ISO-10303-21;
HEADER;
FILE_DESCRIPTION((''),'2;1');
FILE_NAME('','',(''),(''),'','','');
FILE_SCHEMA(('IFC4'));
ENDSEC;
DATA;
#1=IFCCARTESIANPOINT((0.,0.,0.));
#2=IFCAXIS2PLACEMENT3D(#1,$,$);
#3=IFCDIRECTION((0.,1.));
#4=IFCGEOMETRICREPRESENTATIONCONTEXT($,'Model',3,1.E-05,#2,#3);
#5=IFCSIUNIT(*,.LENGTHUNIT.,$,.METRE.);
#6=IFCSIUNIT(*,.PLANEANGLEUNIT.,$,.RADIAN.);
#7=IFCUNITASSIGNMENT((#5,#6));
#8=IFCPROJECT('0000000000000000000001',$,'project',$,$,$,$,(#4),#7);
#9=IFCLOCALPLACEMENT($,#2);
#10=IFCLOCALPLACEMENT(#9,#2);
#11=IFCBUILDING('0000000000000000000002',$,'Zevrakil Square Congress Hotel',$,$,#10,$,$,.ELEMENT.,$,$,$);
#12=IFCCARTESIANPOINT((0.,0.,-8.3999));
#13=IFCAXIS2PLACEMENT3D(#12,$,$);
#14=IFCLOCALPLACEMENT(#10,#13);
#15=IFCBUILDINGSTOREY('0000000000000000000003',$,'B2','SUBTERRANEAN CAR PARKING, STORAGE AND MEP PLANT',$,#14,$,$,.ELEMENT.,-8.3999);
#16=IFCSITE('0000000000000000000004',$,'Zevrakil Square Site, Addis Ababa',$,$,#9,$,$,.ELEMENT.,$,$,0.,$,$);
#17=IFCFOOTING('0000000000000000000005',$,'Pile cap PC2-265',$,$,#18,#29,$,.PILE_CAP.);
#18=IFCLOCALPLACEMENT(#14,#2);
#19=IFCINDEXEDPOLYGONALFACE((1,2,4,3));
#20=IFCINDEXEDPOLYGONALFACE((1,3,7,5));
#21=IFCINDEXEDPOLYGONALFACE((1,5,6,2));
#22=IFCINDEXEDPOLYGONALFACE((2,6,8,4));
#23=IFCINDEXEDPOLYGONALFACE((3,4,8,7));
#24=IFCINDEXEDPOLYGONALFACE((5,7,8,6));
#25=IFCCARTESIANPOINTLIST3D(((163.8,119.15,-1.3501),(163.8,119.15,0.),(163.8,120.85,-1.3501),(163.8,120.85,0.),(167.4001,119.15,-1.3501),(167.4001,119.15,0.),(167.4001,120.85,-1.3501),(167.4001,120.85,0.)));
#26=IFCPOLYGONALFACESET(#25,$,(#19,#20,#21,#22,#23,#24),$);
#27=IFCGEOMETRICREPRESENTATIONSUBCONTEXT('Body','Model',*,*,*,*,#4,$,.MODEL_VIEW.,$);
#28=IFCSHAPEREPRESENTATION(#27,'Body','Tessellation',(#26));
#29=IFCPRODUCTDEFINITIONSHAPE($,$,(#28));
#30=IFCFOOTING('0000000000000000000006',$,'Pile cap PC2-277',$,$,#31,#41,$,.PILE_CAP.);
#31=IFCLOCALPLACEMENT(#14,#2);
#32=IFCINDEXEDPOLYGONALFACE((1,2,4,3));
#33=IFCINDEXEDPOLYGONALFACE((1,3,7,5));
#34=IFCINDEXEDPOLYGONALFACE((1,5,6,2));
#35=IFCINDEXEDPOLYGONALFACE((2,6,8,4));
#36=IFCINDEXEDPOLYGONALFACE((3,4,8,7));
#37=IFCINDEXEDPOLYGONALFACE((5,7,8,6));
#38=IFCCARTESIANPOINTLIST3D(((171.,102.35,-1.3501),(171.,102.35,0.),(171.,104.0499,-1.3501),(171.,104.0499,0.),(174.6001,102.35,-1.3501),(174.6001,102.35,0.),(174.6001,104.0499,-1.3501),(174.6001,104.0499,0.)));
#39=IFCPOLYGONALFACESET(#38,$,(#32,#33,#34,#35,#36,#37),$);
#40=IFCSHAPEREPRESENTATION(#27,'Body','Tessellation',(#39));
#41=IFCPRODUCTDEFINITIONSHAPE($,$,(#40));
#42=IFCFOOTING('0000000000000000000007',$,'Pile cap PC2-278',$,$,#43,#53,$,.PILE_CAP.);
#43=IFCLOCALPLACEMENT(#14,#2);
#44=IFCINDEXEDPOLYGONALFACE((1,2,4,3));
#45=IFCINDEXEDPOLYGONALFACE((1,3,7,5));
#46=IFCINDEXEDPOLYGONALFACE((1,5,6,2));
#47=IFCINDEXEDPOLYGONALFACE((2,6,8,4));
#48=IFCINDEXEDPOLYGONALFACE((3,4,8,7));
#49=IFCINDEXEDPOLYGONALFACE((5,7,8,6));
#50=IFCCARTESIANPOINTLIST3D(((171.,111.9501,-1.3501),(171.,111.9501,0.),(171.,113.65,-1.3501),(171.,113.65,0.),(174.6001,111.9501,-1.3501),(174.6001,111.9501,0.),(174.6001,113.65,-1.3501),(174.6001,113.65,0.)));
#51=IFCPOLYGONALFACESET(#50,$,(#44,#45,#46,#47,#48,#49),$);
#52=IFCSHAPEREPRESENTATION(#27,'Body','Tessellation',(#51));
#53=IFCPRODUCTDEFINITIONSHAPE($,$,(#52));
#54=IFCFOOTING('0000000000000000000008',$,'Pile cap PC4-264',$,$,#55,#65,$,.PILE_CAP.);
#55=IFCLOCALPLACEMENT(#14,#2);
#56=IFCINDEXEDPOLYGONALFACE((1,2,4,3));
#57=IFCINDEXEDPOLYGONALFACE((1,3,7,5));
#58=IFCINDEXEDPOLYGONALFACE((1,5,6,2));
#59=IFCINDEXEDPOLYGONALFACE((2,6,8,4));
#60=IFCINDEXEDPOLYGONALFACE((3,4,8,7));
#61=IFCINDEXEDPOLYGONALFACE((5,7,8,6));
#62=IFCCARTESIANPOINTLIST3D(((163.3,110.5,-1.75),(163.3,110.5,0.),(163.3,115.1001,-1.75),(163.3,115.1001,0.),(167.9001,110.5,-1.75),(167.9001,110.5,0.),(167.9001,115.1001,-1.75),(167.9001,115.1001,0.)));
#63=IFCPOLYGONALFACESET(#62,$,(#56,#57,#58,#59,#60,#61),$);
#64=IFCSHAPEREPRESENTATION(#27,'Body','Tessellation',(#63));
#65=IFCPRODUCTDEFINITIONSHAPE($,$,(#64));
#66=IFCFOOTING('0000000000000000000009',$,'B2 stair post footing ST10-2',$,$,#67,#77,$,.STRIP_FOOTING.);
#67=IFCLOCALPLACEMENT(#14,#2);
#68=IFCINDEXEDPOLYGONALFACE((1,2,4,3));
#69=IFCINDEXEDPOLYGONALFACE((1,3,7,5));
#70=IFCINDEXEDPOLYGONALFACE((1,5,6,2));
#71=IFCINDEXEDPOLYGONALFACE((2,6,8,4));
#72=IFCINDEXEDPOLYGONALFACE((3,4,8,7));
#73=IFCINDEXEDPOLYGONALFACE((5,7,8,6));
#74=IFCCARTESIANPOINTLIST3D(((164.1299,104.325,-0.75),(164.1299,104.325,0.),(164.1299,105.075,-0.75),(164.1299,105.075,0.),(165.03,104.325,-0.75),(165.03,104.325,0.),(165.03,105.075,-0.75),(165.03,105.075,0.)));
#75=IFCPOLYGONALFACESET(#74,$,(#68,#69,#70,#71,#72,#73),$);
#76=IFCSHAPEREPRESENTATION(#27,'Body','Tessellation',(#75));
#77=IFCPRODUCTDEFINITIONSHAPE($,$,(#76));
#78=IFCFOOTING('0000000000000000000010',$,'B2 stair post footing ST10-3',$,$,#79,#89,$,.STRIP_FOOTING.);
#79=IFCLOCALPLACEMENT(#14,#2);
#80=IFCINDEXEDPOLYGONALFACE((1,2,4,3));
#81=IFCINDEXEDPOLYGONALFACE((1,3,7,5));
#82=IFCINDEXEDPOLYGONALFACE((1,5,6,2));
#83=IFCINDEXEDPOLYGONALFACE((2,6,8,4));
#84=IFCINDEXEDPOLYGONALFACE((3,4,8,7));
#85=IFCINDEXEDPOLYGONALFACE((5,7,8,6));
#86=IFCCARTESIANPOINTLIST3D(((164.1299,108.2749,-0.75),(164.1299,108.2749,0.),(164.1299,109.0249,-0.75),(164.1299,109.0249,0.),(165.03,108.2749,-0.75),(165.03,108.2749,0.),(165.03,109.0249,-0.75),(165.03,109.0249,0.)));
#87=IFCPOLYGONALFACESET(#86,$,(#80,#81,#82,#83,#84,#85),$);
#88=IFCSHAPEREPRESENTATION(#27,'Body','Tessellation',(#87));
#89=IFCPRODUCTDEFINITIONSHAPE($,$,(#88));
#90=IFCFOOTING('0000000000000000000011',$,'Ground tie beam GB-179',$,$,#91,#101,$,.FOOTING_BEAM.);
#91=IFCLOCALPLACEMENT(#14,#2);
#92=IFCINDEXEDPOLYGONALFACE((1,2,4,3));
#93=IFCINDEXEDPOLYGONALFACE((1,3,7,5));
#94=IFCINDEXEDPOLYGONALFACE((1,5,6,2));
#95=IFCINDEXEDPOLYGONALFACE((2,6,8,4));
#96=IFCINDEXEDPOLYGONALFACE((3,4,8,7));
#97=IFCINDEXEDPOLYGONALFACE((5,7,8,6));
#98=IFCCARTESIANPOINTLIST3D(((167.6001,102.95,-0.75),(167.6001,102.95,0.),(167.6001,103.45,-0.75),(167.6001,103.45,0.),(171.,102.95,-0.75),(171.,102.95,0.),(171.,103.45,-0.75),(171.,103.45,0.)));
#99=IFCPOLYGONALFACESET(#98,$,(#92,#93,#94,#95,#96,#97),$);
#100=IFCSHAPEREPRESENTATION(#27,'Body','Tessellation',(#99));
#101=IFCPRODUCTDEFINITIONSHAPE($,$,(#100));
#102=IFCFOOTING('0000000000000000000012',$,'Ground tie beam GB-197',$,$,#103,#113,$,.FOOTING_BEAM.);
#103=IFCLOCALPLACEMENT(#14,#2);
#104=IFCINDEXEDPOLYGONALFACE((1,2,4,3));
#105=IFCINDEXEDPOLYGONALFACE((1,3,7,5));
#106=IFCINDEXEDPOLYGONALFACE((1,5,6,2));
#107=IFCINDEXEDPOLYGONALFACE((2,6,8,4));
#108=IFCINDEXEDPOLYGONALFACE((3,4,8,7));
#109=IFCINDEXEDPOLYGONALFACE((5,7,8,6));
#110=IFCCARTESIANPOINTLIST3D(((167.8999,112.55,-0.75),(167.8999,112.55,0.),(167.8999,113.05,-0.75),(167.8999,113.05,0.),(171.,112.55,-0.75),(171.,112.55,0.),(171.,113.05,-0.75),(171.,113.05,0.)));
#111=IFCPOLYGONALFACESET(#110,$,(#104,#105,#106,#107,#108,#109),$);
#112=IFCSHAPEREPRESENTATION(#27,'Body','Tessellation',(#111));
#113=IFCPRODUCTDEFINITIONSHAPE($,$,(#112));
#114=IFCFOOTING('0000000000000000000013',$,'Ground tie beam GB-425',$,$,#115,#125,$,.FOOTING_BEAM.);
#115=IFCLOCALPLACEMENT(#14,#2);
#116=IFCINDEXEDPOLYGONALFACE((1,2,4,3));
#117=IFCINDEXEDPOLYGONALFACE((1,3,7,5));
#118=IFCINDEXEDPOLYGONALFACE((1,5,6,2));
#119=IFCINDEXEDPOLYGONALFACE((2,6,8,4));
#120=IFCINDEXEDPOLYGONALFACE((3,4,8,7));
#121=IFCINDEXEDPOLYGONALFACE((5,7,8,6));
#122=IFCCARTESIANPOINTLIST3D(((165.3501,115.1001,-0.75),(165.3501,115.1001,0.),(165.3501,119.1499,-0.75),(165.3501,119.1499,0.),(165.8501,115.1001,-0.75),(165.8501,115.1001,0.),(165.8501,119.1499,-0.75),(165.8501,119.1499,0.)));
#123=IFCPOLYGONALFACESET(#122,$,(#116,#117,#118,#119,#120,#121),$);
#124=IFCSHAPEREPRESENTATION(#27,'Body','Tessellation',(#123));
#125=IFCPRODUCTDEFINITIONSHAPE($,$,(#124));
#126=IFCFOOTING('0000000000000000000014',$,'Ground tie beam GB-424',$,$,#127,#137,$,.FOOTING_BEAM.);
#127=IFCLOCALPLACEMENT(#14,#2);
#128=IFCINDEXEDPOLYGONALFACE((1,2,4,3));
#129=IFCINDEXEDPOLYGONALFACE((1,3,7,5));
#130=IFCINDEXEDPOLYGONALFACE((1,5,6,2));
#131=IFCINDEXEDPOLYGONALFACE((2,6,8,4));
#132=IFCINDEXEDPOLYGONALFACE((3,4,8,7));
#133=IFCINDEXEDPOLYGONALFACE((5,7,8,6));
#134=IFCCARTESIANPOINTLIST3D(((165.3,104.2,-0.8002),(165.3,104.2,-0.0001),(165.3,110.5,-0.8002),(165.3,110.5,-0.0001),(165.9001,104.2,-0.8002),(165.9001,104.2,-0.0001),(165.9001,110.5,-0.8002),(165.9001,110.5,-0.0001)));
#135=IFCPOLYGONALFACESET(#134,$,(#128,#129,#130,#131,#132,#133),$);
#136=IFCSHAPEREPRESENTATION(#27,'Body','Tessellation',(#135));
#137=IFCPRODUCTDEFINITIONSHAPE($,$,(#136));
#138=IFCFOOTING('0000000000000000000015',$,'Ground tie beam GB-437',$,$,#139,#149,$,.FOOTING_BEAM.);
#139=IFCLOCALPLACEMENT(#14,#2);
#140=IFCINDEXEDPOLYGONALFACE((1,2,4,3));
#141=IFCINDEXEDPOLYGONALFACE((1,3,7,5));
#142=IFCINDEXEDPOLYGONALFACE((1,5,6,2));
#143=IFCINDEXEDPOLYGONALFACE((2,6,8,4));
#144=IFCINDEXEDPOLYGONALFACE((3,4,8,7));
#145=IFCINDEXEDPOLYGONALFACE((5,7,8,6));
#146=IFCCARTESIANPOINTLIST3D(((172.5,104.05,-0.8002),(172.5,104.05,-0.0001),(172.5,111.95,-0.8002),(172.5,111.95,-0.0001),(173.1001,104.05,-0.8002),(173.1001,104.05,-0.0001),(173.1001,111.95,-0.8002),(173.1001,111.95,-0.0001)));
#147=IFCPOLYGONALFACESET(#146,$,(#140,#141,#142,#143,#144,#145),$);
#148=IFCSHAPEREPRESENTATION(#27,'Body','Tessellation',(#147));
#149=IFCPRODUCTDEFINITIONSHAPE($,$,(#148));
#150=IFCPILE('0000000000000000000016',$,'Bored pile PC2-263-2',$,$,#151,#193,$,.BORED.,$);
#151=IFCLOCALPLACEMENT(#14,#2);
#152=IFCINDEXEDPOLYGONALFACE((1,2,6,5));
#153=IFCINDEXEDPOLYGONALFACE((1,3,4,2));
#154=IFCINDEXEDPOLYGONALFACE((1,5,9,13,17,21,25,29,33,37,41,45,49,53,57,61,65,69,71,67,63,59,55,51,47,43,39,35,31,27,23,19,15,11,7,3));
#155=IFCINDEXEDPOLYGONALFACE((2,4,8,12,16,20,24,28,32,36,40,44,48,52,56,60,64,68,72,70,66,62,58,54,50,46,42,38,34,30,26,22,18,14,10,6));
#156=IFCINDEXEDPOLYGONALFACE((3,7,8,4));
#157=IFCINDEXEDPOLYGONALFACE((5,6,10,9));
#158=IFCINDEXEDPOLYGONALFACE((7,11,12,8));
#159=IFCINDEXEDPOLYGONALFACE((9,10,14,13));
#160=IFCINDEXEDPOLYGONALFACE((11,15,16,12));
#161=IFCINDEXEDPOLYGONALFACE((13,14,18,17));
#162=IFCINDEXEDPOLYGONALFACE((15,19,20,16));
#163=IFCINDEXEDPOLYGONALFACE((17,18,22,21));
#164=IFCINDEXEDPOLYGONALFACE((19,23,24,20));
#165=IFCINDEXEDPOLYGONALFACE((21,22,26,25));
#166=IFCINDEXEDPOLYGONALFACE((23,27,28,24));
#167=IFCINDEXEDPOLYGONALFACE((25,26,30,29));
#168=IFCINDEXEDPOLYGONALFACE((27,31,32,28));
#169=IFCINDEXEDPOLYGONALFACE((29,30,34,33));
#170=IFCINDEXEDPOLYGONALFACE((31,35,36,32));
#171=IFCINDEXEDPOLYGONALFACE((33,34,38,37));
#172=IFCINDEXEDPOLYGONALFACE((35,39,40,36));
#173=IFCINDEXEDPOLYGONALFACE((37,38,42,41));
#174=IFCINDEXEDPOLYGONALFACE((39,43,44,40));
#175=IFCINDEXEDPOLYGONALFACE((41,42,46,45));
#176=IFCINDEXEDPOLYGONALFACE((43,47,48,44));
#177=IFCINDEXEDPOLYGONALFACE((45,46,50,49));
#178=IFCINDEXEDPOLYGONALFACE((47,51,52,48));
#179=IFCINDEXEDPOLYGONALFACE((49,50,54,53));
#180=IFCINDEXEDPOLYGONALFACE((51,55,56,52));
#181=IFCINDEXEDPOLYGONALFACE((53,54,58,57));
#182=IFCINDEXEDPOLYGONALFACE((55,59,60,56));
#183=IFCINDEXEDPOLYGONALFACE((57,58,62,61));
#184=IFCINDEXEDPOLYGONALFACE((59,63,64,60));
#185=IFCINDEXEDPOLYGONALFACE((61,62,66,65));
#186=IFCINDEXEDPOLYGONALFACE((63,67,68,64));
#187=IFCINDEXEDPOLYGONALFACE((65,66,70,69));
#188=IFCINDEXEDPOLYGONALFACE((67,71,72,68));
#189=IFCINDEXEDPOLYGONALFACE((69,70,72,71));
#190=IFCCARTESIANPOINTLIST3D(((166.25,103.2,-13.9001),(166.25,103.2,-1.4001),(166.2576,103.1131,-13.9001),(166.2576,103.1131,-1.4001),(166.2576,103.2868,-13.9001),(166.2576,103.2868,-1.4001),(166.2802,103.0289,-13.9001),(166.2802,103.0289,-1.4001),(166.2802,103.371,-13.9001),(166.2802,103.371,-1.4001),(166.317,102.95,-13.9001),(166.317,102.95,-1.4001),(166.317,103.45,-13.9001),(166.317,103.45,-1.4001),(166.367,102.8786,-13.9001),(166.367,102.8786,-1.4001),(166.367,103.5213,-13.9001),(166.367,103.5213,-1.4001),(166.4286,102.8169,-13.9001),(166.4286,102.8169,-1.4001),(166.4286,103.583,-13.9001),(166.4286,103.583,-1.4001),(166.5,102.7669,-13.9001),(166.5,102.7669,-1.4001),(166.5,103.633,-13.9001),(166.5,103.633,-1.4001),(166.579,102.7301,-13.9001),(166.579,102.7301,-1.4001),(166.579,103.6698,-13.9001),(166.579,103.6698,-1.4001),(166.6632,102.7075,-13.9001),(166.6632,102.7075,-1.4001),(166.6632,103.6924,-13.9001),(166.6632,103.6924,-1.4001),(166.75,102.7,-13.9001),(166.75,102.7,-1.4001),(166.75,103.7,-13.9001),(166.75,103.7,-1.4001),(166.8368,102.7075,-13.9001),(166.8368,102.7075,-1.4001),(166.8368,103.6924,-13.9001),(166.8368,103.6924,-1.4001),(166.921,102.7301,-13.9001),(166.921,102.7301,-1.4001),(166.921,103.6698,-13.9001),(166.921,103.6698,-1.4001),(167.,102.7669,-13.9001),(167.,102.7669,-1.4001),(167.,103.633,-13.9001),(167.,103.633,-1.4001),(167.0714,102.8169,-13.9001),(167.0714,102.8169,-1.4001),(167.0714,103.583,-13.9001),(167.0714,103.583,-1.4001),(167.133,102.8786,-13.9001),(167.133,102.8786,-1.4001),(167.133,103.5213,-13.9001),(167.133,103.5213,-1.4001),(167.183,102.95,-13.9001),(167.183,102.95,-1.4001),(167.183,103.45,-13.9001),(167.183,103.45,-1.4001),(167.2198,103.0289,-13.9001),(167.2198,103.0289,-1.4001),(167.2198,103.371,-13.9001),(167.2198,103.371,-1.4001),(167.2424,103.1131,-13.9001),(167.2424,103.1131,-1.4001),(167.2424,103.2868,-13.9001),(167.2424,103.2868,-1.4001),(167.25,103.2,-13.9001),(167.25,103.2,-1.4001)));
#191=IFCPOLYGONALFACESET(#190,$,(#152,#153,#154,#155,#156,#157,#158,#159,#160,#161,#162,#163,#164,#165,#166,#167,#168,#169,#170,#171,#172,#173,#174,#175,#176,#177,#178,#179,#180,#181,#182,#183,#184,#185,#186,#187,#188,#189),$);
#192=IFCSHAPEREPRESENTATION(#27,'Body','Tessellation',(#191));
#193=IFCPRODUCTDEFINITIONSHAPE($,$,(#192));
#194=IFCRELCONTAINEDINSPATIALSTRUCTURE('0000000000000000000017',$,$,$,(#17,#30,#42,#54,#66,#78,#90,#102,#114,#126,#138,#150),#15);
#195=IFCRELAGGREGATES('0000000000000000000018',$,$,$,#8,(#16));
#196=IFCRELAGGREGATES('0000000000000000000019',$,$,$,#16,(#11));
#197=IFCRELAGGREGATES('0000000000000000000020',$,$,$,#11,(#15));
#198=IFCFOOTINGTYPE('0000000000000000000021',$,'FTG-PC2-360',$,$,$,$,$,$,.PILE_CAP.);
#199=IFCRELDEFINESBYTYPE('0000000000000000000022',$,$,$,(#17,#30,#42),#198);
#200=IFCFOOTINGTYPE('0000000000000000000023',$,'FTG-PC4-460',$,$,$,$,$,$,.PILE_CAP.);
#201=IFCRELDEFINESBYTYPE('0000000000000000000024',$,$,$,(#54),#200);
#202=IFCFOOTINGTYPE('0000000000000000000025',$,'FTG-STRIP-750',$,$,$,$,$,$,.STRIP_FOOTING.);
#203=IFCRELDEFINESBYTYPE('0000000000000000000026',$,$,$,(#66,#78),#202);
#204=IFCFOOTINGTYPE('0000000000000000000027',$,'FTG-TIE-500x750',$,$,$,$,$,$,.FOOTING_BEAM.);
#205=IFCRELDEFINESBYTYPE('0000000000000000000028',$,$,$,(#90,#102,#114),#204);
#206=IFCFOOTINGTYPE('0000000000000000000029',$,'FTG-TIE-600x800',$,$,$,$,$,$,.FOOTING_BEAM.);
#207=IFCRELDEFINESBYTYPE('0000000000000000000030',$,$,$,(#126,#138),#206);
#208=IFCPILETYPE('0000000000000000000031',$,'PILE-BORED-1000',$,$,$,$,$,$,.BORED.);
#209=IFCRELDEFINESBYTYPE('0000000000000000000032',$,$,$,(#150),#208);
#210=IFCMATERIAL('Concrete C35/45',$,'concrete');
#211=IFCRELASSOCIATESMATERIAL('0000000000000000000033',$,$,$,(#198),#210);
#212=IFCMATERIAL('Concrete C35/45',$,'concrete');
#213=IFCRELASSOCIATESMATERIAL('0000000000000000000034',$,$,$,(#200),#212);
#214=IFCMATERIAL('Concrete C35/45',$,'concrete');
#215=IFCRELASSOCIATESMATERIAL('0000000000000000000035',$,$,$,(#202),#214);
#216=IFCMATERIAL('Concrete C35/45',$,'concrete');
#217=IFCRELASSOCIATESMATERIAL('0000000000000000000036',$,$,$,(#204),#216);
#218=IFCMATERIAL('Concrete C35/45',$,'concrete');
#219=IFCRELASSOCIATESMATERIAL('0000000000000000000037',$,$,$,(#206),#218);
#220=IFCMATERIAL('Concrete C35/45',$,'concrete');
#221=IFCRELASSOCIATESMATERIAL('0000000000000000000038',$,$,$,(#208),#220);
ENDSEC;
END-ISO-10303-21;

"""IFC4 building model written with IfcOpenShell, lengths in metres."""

from ifc_helpers import new_model, si_unit, direction, frame, origin, origin_2d, place, context, subcontext, project, spatial, rectangle, circle, extrude, material, material_profile, profile_set, type_object, element, save


model = new_model("IFC4")

# Units and contexts
model_context = context("Model", 3, precision=1e-05, world=origin(), true_north=direction((0.0, 1.0)))
body_context = subcontext(model_context, "Body", "Model", "MODEL_VIEW")
ifc_project = project(units=[si_unit("LENGTHUNIT", "METRE"), si_unit("PLANEANGLEUNIT", "RADIAN")], contexts=[model_context])

# Site, building, storey
site_placement = place(None, origin())
site = spatial("IfcSite", under=ifc_project, at=site_placement, Name="Zevrakil Square Site, Addis Ababa", CompositionType="ELEMENT", RefElevation=0.0)
building_placement = place(site_placement, origin())
building = spatial("IfcBuilding", under=site, at=building_placement, Name="Zevrakil Square Congress Hotel", CompositionType="ELEMENT")
storey_placement = place(building_placement, frame((0.0, 0.0, -8.3999)))
storey = spatial("IfcBuildingStorey", under=building, at=storey_placement, Name="B2", Description="SUBTERRANEAN CAR PARKING, STORAGE AND MEP PLANT", CompositionType="ELEMENT", Elevation=-8.3999)

# Footings
ifc_material_1 = material(Name="Concrete C35/45", Category="concrete")
footing_type_1 = type_object("IfcFootingType", Name="FTG-PC2-360", PredefinedType="PILE_CAP", material=ifc_material_1)
for number, where, z_axis, x_axis, name in (
    (1, (165.6001, 120.0, -1.3501), (0.0, 0.0, 1.0), (1.0, 0.0, 0.0), "Pile cap PC2-265"),
    (2, (172.8, 103.2, -1.3501), (0.0, 0.0, 1.0), (1.0, 0.0, 0.0), "Pile cap PC2-277"),
    (3, (172.8, 112.8, -1.3501), (0.0, 0.0, 1.0), (1.0, 0.0, 0.0), "Pile cap PC2-278"),
):
    element("IfcFooting", number, at=place(storey_placement, frame(where, z_axis=z_axis, x_axis=x_axis)), inside=storey, type_object=footing_type_1, Name=name, PredefinedType="PILE_CAP", context=body_context, shape_type="SweptSolid", body=[
        extrude(rectangle(XDim=3.6001, YDim=1.7, at=origin_2d()), origin(), (0.0, 0.0, 1.0), 1.3501),
    ])
ifc_material_2 = material(Name="Concrete C35/45", Category="concrete")
footing_type_2 = type_object("IfcFootingType", Name="FTG-PC4-460", PredefinedType="PILE_CAP", material=ifc_material_2)
footing_1_placement = place(storey_placement, frame((165.6001, 112.8, -1.75), z_axis=(0.0, 0.0, 1.0), x_axis=(1.0, 0.0, 0.0)))
element("IfcFooting", 4, at=footing_1_placement, inside=storey, type_object=footing_type_2, Name="Pile cap PC4-264", PredefinedType="PILE_CAP", context=body_context, shape_type="SweptSolid", body=[
    extrude(rectangle(XDim=4.6001, YDim=4.6001, at=origin_2d()), origin(), (0.0, 0.0, 1.0), 1.75),
])
ifc_material_3 = material(Name="Concrete C35/45", Category="concrete")
ifc_material_profile_1 = material_profile(ifc_material_3, rectangle(XDim=0.75, YDim=0.75, at=origin_2d()), Name="RC 750x750")
ifc_profile_set_1 = profile_set([ifc_material_profile_1], Name="Concrete C35/45")
footing_type_3 = type_object("IfcFootingType", Name="FTG-STRIP-750", PredefinedType="STRIP_FOOTING", material=ifc_profile_set_1)
for number, where, z_axis, x_axis, name in (
    (5, (164.1299, 104.7, -0.375), (1.0, 0.0, 0.0), (0.0, 1.0, 0.0), "B2 stair post footing ST10-2"),
    (6, (164.1299, 108.6499, -0.375), (1.0, 0.0, 0.0), (0.0, 1.0, 0.0), "B2 stair post footing ST10-3"),
):
    element("IfcFooting", number, at=place(storey_placement, frame(where, z_axis=z_axis, x_axis=x_axis)), inside=storey, type_object=footing_type_3, Name=name, PredefinedType="STRIP_FOOTING", context=body_context, shape_type="SweptSolid", body=[
        extrude(rectangle(XDim=0.75, YDim=0.75, at=origin_2d()), origin(), (0.0, 0.0, 1.0), 0.9001),
    ])
ifc_material_4 = material(Name="Concrete C35/45", Category="concrete")
ifc_material_profile_2 = material_profile(ifc_material_4, rectangle(XDim=0.5, YDim=0.75, at=origin_2d()), Name="RC 500x750")
ifc_profile_set_2 = profile_set([ifc_material_profile_2], Name="Concrete C35/45")
footing_type_4 = type_object("IfcFootingType", Name="FTG-TIE-500x750", PredefinedType="FOOTING_BEAM", material=ifc_profile_set_2)
footing_2_placement = place(storey_placement, frame((167.6001, 103.2, -0.375), z_axis=(1.0, 0.0, 0.0), x_axis=(0.0, 1.0, 0.0)))
element("IfcFooting", 7, at=footing_2_placement, inside=storey, type_object=footing_type_4, Name="Ground tie beam GB-179", PredefinedType="FOOTING_BEAM", context=body_context, shape_type="SweptSolid", body=[
    extrude(rectangle(XDim=0.5, YDim=0.75, at=origin_2d()), origin(), (0.0, 0.0, 1.0), 3.3999),
])
footing_3_placement = place(storey_placement, frame((167.8999, 112.8, -0.375), z_axis=(1.0, 0.0, 0.0), x_axis=(0.0, 1.0, 0.0)))
element("IfcFooting", 8, at=footing_3_placement, inside=storey, type_object=footing_type_4, Name="Ground tie beam GB-197", PredefinedType="FOOTING_BEAM", context=body_context, shape_type="SweptSolid", body=[
    extrude(rectangle(XDim=0.5, YDim=0.75, at=origin_2d()), origin(), (0.0, 0.0, 1.0), 3.1001),
])
footing_4_placement = place(storey_placement, frame((165.6001, 115.1001, -0.375), z_axis=(0.0, 1.0, 0.0), x_axis=(-1.0, 0.0, 0.0)))
element("IfcFooting", 9, at=footing_4_placement, inside=storey, type_object=footing_type_4, Name="Ground tie beam GB-425", PredefinedType="FOOTING_BEAM", context=body_context, shape_type="SweptSolid", body=[
    extrude(rectangle(XDim=0.5, YDim=0.75, at=origin_2d()), origin(), (0.0, 0.0, 1.0), 4.0498),
])
ifc_material_5 = material(Name="Concrete C35/45", Category="concrete")
ifc_material_profile_3 = material_profile(ifc_material_5, rectangle(XDim=0.6001, YDim=0.8, at=origin_2d()), Name="RC 600x800")
ifc_profile_set_3 = profile_set([ifc_material_profile_3], Name="Concrete C35/45")
footing_type_5 = type_object("IfcFootingType", Name="FTG-TIE-600x800", PredefinedType="FOOTING_BEAM", material=ifc_profile_set_3)
footing_5_placement = place(storey_placement, frame((165.6001, 104.2, -0.4001), z_axis=(0.0, 1.0, 0.0), x_axis=(-1.0, 0.0, 0.0)))
element("IfcFooting", 10, at=footing_5_placement, inside=storey, type_object=footing_type_5, Name="Ground tie beam GB-424", PredefinedType="FOOTING_BEAM", context=body_context, shape_type="SweptSolid", body=[
    extrude(rectangle(XDim=0.6001, YDim=0.8, at=origin_2d()), origin(), (0.0, 0.0, 1.0), 6.3),
])
footing_6_placement = place(storey_placement, frame((172.8, 104.05, -0.4001), z_axis=(0.0, 1.0, 0.0), x_axis=(-1.0, 0.0, 0.0)))
element("IfcFooting", 11, at=footing_6_placement, inside=storey, type_object=footing_type_5, Name="Ground tie beam GB-437", PredefinedType="FOOTING_BEAM", context=body_context, shape_type="SweptSolid", body=[
    extrude(rectangle(XDim=0.6001, YDim=0.8, at=origin_2d()), origin(), (0.0, 0.0, 1.0), 7.8999),
])

# Pile
ifc_material_6 = material(Name="Concrete C35/45", Category="concrete")
ifc_material_profile_4 = material_profile(ifc_material_6, circle(Radius=0.5, at=origin_2d()), Name="PILE D1000")
ifc_profile_set_4 = profile_set([ifc_material_profile_4], Name="Concrete C35/45")
pile_type_1 = type_object("IfcPileType", Name="PILE-BORED-1000", PredefinedType="BORED", material=ifc_profile_set_4)
pile_placement = place(storey_placement, frame((166.75, 103.2, -1.4001), z_axis=(0.0, 0.0, -1.0), x_axis=(1.0, 0.0, 0.0)))
element("IfcPile", 12, at=pile_placement, inside=storey, type_object=pile_type_1, Name="Bored pile PC2-263-2", PredefinedType="BORED", context=body_context, shape_type="SweptSolid", body=[
    extrude(circle(Radius=0.5, at=origin_2d()), origin(), (0.0, 0.0, 1.0), 12.5),
])

save(model, "model.ifc")
